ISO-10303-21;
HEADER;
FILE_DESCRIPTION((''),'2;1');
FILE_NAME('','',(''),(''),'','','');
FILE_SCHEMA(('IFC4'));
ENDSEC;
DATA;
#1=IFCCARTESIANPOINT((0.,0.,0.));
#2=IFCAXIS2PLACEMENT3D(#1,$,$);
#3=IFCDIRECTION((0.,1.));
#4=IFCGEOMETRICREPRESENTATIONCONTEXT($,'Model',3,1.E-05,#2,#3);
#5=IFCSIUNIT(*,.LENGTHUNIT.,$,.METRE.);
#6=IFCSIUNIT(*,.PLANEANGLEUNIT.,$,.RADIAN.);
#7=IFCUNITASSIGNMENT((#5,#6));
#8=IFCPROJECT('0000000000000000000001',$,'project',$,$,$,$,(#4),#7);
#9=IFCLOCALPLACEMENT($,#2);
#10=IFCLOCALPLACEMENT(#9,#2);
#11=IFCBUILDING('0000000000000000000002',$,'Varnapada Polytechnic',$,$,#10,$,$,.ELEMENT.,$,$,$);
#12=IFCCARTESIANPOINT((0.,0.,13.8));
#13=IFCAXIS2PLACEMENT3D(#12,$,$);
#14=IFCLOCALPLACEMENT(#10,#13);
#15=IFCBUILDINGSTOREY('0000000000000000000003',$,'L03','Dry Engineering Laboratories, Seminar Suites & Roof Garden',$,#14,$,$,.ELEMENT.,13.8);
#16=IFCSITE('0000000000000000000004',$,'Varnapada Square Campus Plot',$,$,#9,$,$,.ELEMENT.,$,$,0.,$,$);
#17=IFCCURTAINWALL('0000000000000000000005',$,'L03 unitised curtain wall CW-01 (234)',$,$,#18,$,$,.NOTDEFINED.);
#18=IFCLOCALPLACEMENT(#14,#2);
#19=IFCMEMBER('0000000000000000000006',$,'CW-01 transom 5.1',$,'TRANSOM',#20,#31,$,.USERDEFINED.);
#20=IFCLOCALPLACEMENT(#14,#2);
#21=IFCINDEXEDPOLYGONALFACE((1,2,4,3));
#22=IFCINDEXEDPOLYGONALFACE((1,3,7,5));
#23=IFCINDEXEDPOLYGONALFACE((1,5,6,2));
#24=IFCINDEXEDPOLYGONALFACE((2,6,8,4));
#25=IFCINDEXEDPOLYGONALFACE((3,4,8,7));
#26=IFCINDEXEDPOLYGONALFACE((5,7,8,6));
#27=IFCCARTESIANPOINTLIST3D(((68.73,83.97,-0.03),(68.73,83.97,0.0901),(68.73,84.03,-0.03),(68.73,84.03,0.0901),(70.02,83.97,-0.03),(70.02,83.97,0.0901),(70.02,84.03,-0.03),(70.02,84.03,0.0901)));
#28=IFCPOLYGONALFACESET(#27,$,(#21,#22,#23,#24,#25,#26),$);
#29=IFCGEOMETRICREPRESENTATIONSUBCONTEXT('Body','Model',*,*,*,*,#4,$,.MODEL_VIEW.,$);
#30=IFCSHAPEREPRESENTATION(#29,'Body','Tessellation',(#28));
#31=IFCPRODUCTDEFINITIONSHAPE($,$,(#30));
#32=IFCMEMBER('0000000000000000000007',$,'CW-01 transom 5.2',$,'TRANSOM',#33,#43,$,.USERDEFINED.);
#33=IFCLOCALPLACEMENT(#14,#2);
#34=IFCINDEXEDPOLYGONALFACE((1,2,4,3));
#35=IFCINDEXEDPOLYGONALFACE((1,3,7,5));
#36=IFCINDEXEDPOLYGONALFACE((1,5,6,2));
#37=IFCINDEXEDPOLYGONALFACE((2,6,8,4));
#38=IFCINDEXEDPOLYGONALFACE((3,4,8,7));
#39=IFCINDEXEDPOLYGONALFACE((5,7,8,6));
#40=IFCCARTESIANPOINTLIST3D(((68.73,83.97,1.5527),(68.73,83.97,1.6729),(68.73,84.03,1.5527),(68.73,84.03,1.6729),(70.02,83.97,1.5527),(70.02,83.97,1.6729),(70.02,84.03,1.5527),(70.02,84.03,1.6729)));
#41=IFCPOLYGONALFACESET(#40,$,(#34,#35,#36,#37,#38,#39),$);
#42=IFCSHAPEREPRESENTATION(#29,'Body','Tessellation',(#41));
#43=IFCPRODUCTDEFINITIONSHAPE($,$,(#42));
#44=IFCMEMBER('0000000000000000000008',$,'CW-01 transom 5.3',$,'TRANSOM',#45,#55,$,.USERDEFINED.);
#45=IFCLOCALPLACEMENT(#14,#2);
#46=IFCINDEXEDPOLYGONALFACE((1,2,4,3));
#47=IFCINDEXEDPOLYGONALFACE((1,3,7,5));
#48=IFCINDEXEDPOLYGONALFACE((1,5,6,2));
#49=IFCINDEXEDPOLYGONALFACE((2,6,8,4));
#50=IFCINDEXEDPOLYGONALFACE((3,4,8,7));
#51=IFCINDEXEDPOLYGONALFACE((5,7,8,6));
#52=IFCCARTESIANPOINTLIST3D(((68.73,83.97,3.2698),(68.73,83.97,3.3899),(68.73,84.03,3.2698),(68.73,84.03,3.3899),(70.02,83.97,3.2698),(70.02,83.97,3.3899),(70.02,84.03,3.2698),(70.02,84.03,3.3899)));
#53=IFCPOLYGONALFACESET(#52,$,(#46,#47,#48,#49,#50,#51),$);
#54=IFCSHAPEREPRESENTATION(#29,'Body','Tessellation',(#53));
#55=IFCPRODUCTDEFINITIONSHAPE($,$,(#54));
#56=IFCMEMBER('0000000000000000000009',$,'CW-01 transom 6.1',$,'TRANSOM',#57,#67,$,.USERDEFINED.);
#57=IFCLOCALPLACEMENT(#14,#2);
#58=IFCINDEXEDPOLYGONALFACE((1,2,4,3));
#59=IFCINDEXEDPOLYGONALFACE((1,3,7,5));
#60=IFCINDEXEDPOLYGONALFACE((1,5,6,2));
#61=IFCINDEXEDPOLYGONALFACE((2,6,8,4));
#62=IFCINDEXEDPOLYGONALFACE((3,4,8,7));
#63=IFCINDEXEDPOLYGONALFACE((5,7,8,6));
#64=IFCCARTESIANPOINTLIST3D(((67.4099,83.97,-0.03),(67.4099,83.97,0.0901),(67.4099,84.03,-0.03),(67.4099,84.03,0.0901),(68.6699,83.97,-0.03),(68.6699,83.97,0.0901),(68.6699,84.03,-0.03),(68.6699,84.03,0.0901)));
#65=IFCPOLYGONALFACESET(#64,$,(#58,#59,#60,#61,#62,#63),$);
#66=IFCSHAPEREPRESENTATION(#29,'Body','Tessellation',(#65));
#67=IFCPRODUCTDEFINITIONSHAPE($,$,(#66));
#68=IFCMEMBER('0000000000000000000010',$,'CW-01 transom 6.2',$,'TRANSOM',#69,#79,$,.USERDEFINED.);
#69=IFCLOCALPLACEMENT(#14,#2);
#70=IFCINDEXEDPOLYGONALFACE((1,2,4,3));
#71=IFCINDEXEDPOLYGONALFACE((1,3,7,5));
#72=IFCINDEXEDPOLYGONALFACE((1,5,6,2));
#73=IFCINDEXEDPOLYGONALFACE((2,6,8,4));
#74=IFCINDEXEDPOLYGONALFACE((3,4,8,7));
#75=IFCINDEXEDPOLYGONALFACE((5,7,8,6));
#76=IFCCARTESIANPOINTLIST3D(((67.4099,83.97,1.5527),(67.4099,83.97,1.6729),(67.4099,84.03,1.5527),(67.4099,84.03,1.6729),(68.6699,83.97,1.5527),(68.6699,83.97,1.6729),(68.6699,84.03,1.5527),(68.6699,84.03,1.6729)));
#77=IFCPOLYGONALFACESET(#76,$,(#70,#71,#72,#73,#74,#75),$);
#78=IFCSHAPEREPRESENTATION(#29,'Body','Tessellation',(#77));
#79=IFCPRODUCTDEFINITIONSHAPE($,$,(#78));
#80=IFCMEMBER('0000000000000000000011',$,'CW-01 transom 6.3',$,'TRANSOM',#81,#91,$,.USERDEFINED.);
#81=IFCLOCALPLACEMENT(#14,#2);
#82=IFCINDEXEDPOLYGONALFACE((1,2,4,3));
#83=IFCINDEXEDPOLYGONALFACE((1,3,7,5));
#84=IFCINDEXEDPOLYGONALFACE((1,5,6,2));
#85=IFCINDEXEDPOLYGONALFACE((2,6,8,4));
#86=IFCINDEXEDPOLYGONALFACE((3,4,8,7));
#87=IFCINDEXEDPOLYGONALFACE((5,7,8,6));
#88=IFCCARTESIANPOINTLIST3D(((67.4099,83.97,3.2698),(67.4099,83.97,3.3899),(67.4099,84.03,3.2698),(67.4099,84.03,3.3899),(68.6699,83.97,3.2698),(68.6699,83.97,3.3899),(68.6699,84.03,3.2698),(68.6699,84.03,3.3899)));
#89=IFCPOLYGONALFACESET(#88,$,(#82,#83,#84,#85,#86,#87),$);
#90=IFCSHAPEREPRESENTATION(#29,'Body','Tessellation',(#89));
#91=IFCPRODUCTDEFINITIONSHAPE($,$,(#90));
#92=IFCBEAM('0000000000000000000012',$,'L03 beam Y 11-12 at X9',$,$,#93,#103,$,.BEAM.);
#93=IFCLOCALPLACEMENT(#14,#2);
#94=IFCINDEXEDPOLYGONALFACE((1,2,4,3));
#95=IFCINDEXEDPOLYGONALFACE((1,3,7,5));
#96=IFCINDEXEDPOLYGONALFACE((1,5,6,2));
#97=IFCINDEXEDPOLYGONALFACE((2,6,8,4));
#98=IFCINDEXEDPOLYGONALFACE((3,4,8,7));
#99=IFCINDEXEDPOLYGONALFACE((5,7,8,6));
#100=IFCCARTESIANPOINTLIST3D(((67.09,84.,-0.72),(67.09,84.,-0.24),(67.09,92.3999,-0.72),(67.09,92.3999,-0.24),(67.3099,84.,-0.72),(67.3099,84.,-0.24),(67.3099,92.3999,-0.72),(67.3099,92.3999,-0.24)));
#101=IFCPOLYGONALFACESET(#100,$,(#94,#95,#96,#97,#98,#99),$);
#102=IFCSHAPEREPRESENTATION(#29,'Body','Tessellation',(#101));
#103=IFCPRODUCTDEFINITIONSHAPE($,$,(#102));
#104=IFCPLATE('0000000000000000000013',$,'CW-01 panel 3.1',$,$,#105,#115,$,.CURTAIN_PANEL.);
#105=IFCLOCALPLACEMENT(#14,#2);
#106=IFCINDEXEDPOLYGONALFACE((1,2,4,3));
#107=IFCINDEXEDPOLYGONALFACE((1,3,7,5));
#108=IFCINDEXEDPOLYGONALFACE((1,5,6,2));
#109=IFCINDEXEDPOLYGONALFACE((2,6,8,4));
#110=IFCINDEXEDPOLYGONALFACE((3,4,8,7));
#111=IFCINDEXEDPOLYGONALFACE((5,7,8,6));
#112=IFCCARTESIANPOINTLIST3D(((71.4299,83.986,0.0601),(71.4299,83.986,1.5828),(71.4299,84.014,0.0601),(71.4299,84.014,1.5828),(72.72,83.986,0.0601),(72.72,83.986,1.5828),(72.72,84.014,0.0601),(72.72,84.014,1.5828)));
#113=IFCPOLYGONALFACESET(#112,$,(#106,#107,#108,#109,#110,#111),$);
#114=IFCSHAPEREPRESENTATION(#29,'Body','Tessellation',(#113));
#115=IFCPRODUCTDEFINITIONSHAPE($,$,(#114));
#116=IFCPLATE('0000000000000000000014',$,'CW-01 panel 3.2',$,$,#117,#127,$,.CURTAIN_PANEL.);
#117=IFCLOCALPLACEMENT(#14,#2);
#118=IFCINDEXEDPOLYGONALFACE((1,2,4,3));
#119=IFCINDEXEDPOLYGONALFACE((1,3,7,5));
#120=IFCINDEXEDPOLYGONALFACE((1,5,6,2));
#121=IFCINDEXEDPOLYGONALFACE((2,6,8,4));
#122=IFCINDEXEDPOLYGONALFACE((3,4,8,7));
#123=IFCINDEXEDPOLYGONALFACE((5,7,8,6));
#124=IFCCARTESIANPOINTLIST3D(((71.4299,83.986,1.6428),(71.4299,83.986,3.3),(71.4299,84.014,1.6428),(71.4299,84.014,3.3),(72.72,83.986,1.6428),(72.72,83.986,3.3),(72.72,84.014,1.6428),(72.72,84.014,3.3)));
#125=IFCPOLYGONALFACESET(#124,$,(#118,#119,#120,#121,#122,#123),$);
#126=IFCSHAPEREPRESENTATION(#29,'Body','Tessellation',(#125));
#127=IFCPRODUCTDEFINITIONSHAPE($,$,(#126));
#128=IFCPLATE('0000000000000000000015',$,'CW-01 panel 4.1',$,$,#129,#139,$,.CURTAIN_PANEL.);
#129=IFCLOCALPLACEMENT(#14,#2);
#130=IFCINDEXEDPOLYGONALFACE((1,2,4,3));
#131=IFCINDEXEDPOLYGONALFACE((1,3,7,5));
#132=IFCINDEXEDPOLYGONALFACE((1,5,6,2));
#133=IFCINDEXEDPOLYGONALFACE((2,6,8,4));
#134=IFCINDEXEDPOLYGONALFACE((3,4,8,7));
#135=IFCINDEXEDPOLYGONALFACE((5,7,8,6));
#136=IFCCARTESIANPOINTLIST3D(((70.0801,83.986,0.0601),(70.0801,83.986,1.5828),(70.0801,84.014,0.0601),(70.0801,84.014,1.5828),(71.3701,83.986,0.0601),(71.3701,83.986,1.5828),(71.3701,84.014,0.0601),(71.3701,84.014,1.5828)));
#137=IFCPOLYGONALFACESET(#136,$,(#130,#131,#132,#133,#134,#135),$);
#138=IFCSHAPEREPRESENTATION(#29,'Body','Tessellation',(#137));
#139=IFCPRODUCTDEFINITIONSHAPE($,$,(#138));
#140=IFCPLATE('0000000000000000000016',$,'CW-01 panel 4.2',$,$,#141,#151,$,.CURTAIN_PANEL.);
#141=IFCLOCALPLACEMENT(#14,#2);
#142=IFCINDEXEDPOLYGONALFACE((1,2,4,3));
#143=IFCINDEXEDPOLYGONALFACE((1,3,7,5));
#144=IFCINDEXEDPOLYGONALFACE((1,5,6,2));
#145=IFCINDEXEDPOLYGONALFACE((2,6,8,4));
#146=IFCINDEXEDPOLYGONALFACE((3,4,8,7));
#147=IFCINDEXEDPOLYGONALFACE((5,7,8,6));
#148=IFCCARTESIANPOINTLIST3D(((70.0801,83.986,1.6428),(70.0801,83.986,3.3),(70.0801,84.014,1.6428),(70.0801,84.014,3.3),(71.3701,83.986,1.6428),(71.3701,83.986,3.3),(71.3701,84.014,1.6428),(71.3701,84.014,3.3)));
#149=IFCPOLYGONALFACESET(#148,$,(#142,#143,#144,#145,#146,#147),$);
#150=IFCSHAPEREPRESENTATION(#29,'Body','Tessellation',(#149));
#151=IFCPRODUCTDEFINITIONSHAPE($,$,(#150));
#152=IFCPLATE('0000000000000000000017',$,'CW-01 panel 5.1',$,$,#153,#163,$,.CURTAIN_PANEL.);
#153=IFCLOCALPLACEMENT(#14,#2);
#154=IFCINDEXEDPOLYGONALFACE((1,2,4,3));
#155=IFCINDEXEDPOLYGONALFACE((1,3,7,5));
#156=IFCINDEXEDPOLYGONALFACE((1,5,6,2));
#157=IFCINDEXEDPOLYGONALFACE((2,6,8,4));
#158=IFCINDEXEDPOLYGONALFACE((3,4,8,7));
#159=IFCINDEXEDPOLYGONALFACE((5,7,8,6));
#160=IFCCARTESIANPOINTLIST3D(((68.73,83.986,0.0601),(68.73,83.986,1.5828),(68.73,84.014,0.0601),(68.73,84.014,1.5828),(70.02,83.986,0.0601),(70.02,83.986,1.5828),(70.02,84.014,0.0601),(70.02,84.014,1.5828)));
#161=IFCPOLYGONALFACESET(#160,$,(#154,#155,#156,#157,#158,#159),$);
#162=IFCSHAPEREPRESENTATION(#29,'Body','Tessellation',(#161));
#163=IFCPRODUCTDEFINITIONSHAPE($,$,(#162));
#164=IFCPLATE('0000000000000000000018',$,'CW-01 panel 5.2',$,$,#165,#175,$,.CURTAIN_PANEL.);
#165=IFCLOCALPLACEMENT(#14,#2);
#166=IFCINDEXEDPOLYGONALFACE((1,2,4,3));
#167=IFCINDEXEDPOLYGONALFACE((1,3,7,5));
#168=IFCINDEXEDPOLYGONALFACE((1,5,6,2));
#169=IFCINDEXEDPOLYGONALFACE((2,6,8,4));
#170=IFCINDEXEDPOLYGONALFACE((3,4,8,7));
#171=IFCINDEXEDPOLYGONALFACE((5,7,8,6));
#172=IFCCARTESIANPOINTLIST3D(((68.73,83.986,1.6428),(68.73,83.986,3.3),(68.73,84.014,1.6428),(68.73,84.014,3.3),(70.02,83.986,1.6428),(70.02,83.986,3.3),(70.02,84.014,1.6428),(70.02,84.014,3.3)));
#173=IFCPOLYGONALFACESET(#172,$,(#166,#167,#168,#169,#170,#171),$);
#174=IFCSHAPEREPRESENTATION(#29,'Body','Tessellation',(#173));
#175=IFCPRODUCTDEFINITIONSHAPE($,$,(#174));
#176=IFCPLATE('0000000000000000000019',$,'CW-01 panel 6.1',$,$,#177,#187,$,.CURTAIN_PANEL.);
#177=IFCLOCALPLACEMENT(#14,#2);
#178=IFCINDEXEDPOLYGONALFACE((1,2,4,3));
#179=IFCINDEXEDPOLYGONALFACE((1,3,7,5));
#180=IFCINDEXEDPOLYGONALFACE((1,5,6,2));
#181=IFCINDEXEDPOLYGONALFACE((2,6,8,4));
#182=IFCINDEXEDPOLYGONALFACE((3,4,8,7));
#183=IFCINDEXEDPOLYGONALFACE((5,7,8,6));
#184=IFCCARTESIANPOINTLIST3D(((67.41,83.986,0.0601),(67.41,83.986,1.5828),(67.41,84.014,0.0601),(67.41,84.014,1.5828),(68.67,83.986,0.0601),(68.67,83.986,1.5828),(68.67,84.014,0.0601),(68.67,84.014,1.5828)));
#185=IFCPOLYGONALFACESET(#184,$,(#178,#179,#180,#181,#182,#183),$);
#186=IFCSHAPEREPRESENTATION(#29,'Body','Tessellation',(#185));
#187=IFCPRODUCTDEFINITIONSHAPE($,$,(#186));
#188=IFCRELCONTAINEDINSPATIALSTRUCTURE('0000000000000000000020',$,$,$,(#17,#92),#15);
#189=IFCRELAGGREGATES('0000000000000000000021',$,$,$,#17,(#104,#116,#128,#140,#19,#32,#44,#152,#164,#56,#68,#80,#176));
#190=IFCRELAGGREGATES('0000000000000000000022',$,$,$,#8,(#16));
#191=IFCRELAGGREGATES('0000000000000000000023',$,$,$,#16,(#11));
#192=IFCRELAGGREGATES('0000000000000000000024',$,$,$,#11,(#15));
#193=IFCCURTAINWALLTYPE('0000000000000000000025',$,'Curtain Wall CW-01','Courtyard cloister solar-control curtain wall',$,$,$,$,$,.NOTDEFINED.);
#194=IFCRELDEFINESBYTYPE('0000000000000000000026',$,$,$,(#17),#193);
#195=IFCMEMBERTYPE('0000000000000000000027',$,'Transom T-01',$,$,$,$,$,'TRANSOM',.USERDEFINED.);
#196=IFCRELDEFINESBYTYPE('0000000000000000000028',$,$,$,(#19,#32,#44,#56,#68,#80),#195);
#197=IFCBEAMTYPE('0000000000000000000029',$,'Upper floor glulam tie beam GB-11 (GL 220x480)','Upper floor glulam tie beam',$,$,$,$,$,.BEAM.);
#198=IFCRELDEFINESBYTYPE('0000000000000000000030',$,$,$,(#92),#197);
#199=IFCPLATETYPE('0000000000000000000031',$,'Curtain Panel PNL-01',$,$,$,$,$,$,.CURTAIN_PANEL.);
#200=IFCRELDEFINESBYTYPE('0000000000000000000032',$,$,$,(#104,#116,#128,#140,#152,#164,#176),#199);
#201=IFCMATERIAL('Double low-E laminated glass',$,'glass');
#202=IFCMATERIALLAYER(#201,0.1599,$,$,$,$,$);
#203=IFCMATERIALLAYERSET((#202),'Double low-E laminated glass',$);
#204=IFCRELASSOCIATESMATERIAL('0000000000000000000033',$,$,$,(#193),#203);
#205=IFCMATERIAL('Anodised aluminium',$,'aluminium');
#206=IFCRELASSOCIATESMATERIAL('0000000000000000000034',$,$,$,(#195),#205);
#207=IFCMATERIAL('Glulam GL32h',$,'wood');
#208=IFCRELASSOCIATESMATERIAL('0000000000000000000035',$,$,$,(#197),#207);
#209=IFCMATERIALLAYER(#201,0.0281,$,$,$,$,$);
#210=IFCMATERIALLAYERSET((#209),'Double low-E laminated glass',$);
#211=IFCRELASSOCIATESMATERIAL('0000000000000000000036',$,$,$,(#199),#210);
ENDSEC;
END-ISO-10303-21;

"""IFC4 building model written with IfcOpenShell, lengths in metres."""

from ifc_helpers import new_model, si_unit, direction, frame, origin, origin_2d, place, context, subcontext, project, spatial, rectangle, extrude, material, layer, layer_set, material_profile, profile_set, type_object, element, aggregate, save


model = new_model("IFC4")

# Units and contexts
model_context = context("Model", 3, precision=1e-05, world=origin(), true_north=direction((0.0, 1.0)))
body_context = subcontext(model_context, "Body", "Model", "MODEL_VIEW")
ifc_project = project(units=[si_unit("LENGTHUNIT", "METRE"), si_unit("PLANEANGLEUNIT", "RADIAN")], contexts=[model_context])

# Site, building, storey
site_placement = place(None, origin())
site = spatial("IfcSite", under=ifc_project, at=site_placement, Name="Varnapada Square Campus Plot", CompositionType="ELEMENT", RefElevation=0.0)
building_placement = place(site_placement, origin())
building = spatial("IfcBuilding", under=site, at=building_placement, Name="Varnapada Polytechnic", CompositionType="ELEMENT")
storey_placement = place(building_placement, frame((0.0, 0.0, 13.8)))
storey = spatial("IfcBuildingStorey", under=building, at=storey_placement, Name="L03", Description="Dry Engineering Laboratories, Seminar Suites & Roof Garden", CompositionType="ELEMENT", Elevation=13.8)

# Curtain wall
ifc_material_1 = material(Name="Double low-E laminated glass", Category="glass")
ifc_layer_1 = layer(ifc_material_1, 0.1599)
ifc_layer_set_1 = layer_set([ifc_layer_1], Name="Double low-E laminated glass")
curtain_wall_type = type_object("IfcCurtainWallType", Name="Curtain Wall CW-01", Description="Courtyard cloister solar-control curtain wall", PredefinedType="NOTDEFINED", material=ifc_layer_set_1)
curtain_wall_placement = place(storey_placement, origin())
curtain_wall = element("IfcCurtainWall", 1, at=curtain_wall_placement, inside=storey, type_object=curtain_wall_type, Name="L03 unitised curtain wall CW-01 (234)", PredefinedType="NOTDEFINED")
ifc_material_2 = material(Name="Anodised aluminium", Category="aluminium")

# Shared definitions
ifc_material_3 = material(Name="Glulam GL32h", Category="wood")

# Members
ifc_material_profile_1 = material_profile(ifc_material_2, rectangle(XDim=0.0601, YDim=0.1201, at=origin_2d()), Name="ALU T60x120")
ifc_profile_set_1 = profile_set([ifc_material_profile_1], Name="Anodised aluminium")
member_type_1 = type_object("IfcMemberType", Name="Transom T-01", ElementType="TRANSOM", PredefinedType="USERDEFINED", material=ifc_profile_set_1)
member_1_placement = place(storey_placement, frame((70.02, 84.0, 0.03), z_axis=(-1.0, 0.0, 0.0), x_axis=(0.0, -1.0, 0.0)))
member_1 = element("IfcMember", 2, at=member_1_placement, type_object=member_type_1, Name="CW-01 transom 5.1", ObjectType="TRANSOM", PredefinedType="USERDEFINED", context=body_context, shape_type="SweptSolid", body=[
    extrude(rectangle(XDim=0.0601, YDim=0.1201, at=origin_2d()), origin(), (0.0, 0.0, 1.0), 1.29),
])
member_2_placement = place(storey_placement, frame((70.02, 84.0, 1.6128), z_axis=(-1.0, 0.0, 0.0), x_axis=(0.0, -1.0, 0.0)))
member_2 = element("IfcMember", 3, at=member_2_placement, type_object=member_type_1, Name="CW-01 transom 5.2", ObjectType="TRANSOM", PredefinedType="USERDEFINED", context=body_context, shape_type="SweptSolid", body=[
    extrude(rectangle(XDim=0.0601, YDim=0.1201, at=origin_2d()), origin(), (0.0, 0.0, 1.0), 1.29),
])
member_3_placement = place(storey_placement, frame((70.02, 84.0, 3.3298), z_axis=(-1.0, 0.0, 0.0), x_axis=(0.0, -1.0, 0.0)))
member_3 = element("IfcMember", 4, at=member_3_placement, type_object=member_type_1, Name="CW-01 transom 5.3", ObjectType="TRANSOM", PredefinedType="USERDEFINED", context=body_context, shape_type="SweptSolid", body=[
    extrude(rectangle(XDim=0.0601, YDim=0.1201, at=origin_2d()), origin(), (0.0, 0.0, 1.0), 1.29),
])
member_4_placement = place(storey_placement, frame((68.6699, 84.0, 0.03), z_axis=(-1.0, 0.0, 0.0), x_axis=(0.0, -1.0, 0.0)))
member_4 = element("IfcMember", 5, at=member_4_placement, type_object=member_type_1, Name="CW-01 transom 6.1", ObjectType="TRANSOM", PredefinedType="USERDEFINED", context=body_context, shape_type="SweptSolid", body=[
    extrude(rectangle(XDim=0.0601, YDim=0.1201, at=origin_2d()), origin(), (0.0, 0.0, 1.0), 1.26),
])
member_5_placement = place(storey_placement, frame((68.6699, 84.0, 1.6128), z_axis=(-1.0, 0.0, 0.0), x_axis=(0.0, -1.0, 0.0)))
member_5 = element("IfcMember", 6, at=member_5_placement, type_object=member_type_1, Name="CW-01 transom 6.2", ObjectType="TRANSOM", PredefinedType="USERDEFINED", context=body_context, shape_type="SweptSolid", body=[
    extrude(rectangle(XDim=0.0601, YDim=0.1201, at=origin_2d()), origin(), (0.0, 0.0, 1.0), 1.26),
])
member_6_placement = place(storey_placement, frame((68.6699, 84.0, 3.3298), z_axis=(-1.0, 0.0, 0.0), x_axis=(0.0, -1.0, 0.0)))
member_6 = element("IfcMember", 7, at=member_6_placement, type_object=member_type_1, Name="CW-01 transom 6.3", ObjectType="TRANSOM", PredefinedType="USERDEFINED", context=body_context, shape_type="SweptSolid", body=[
    extrude(rectangle(XDim=0.0601, YDim=0.1201, at=origin_2d()), origin(), (0.0, 0.0, 1.0), 1.26),
])

# Beam
ifc_material_profile_2 = material_profile(ifc_material_3, rectangle(XDim=0.22, YDim=0.48, at=origin_2d()), Name="GL 220x480")
ifc_profile_set_2 = profile_set([ifc_material_profile_2], Name="Glulam GL32h")
beam_type_1 = type_object("IfcBeamType", Name="Upper floor glulam tie beam GB-11 (GL 220x480)", Description="Upper floor glulam tie beam", PredefinedType="BEAM", material=ifc_profile_set_2)
beam_1_placement = place(storey_placement, frame((67.2, 84.0, -0.48), z_axis=(0.0, 1.0, 0.0), x_axis=(-1.0, 0.0, 0.0)))
element("IfcBeam", 8, at=beam_1_placement, inside=storey, type_object=beam_type_1, Name="L03 beam Y 11-12 at X9", PredefinedType="BEAM", context=body_context, shape_type="SweptSolid", body=[
    extrude(rectangle(XDim=0.22, YDim=0.48, at=origin_2d()), origin(), (0.0, 0.0, 1.0), 8.3999),
])

# Plates
ifc_layer_2 = layer(ifc_material_1, 0.0281)
ifc_layer_set_2 = layer_set([ifc_layer_2], Name="Double low-E laminated glass")
plate_type = type_object("IfcPlateType", Name="Curtain Panel PNL-01", PredefinedType="CURTAIN_PANEL", material=ifc_layer_set_2)
plate_1_placement = place(storey_placement, frame((72.075, 84.0, 0.0601), z_axis=(0.0, 0.0, 1.0), x_axis=(-1.0, 0.0, 0.0)))
plate_1 = element("IfcPlate", 9, at=plate_1_placement, type_object=plate_type, Name="CW-01 panel 3.1", PredefinedType="CURTAIN_PANEL", context=body_context, shape_type="SweptSolid", body=[
    extrude(rectangle(XDim=1.29, YDim=0.0281, at=origin_2d()), origin(), (0.0, 0.0, 1.0), 1.5227),
])
plate_2_placement = place(storey_placement, frame((72.075, 84.0, 1.6428), z_axis=(0.0, 0.0, 1.0), x_axis=(-1.0, 0.0, 0.0)))
plate_2 = element("IfcPlate", 10, at=plate_2_placement, type_object=plate_type, Name="CW-01 panel 3.2", PredefinedType="CURTAIN_PANEL", context=body_context, shape_type="SweptSolid", body=[
    extrude(rectangle(XDim=1.29, YDim=0.0281, at=origin_2d()), origin(), (0.0, 0.0, 1.0), 1.6572),
])
plate_3_placement = place(storey_placement, frame((70.7251, 84.0, 0.0601), z_axis=(0.0, 0.0, 1.0), x_axis=(-1.0, 0.0, 0.0)))
plate_3 = element("IfcPlate", 11, at=plate_3_placement, type_object=plate_type, Name="CW-01 panel 4.1", PredefinedType="CURTAIN_PANEL", context=body_context, shape_type="SweptSolid", body=[
    extrude(rectangle(XDim=1.29, YDim=0.0281, at=origin_2d()), origin(), (0.0, 0.0, 1.0), 1.5227),
])
plate_4_placement = place(storey_placement, frame((70.7251, 84.0, 1.6428), z_axis=(0.0, 0.0, 1.0), x_axis=(-1.0, 0.0, 0.0)))
plate_4 = element("IfcPlate", 12, at=plate_4_placement, type_object=plate_type, Name="CW-01 panel 4.2", PredefinedType="CURTAIN_PANEL", context=body_context, shape_type="SweptSolid", body=[
    extrude(rectangle(XDim=1.29, YDim=0.0281, at=origin_2d()), origin(), (0.0, 0.0, 1.0), 1.6572),
])
plate_5_placement = place(storey_placement, frame((69.375, 84.0, 0.0601), z_axis=(0.0, 0.0, 1.0), x_axis=(-1.0, 0.0, 0.0)))
plate_5 = element("IfcPlate", 13, at=plate_5_placement, type_object=plate_type, Name="CW-01 panel 5.1", PredefinedType="CURTAIN_PANEL", context=body_context, shape_type="SweptSolid", body=[
    extrude(rectangle(XDim=1.29, YDim=0.0281, at=origin_2d()), origin(), (0.0, 0.0, 1.0), 1.5227),
])
plate_6_placement = place(storey_placement, frame((69.375, 84.0, 1.6428), z_axis=(0.0, 0.0, 1.0), x_axis=(-1.0, 0.0, 0.0)))
plate_6 = element("IfcPlate", 14, at=plate_6_placement, type_object=plate_type, Name="CW-01 panel 5.2", PredefinedType="CURTAIN_PANEL", context=body_context, shape_type="SweptSolid", body=[
    extrude(rectangle(XDim=1.29, YDim=0.0281, at=origin_2d()), origin(), (0.0, 0.0, 1.0), 1.6572),
])
plate_7_placement = place(storey_placement, frame((68.04, 84.0, 0.0601), z_axis=(0.0, 0.0, 1.0), x_axis=(-1.0, 0.0, 0.0)))
plate_7 = element("IfcPlate", 15, at=plate_7_placement, type_object=plate_type, Name="CW-01 panel 6.1", PredefinedType="CURTAIN_PANEL", context=body_context, shape_type="SweptSolid", body=[
    extrude(rectangle(XDim=1.26, YDim=0.0281, at=origin_2d()), origin(), (0.0, 0.0, 1.0), 1.5227),
])
aggregate(curtain_wall, [plate_1, plate_2, plate_3, plate_4, member_1, member_2, member_3, plate_5, plate_6, member_4, member_5, member_6, plate_7])

save(model, "model.ifc")
